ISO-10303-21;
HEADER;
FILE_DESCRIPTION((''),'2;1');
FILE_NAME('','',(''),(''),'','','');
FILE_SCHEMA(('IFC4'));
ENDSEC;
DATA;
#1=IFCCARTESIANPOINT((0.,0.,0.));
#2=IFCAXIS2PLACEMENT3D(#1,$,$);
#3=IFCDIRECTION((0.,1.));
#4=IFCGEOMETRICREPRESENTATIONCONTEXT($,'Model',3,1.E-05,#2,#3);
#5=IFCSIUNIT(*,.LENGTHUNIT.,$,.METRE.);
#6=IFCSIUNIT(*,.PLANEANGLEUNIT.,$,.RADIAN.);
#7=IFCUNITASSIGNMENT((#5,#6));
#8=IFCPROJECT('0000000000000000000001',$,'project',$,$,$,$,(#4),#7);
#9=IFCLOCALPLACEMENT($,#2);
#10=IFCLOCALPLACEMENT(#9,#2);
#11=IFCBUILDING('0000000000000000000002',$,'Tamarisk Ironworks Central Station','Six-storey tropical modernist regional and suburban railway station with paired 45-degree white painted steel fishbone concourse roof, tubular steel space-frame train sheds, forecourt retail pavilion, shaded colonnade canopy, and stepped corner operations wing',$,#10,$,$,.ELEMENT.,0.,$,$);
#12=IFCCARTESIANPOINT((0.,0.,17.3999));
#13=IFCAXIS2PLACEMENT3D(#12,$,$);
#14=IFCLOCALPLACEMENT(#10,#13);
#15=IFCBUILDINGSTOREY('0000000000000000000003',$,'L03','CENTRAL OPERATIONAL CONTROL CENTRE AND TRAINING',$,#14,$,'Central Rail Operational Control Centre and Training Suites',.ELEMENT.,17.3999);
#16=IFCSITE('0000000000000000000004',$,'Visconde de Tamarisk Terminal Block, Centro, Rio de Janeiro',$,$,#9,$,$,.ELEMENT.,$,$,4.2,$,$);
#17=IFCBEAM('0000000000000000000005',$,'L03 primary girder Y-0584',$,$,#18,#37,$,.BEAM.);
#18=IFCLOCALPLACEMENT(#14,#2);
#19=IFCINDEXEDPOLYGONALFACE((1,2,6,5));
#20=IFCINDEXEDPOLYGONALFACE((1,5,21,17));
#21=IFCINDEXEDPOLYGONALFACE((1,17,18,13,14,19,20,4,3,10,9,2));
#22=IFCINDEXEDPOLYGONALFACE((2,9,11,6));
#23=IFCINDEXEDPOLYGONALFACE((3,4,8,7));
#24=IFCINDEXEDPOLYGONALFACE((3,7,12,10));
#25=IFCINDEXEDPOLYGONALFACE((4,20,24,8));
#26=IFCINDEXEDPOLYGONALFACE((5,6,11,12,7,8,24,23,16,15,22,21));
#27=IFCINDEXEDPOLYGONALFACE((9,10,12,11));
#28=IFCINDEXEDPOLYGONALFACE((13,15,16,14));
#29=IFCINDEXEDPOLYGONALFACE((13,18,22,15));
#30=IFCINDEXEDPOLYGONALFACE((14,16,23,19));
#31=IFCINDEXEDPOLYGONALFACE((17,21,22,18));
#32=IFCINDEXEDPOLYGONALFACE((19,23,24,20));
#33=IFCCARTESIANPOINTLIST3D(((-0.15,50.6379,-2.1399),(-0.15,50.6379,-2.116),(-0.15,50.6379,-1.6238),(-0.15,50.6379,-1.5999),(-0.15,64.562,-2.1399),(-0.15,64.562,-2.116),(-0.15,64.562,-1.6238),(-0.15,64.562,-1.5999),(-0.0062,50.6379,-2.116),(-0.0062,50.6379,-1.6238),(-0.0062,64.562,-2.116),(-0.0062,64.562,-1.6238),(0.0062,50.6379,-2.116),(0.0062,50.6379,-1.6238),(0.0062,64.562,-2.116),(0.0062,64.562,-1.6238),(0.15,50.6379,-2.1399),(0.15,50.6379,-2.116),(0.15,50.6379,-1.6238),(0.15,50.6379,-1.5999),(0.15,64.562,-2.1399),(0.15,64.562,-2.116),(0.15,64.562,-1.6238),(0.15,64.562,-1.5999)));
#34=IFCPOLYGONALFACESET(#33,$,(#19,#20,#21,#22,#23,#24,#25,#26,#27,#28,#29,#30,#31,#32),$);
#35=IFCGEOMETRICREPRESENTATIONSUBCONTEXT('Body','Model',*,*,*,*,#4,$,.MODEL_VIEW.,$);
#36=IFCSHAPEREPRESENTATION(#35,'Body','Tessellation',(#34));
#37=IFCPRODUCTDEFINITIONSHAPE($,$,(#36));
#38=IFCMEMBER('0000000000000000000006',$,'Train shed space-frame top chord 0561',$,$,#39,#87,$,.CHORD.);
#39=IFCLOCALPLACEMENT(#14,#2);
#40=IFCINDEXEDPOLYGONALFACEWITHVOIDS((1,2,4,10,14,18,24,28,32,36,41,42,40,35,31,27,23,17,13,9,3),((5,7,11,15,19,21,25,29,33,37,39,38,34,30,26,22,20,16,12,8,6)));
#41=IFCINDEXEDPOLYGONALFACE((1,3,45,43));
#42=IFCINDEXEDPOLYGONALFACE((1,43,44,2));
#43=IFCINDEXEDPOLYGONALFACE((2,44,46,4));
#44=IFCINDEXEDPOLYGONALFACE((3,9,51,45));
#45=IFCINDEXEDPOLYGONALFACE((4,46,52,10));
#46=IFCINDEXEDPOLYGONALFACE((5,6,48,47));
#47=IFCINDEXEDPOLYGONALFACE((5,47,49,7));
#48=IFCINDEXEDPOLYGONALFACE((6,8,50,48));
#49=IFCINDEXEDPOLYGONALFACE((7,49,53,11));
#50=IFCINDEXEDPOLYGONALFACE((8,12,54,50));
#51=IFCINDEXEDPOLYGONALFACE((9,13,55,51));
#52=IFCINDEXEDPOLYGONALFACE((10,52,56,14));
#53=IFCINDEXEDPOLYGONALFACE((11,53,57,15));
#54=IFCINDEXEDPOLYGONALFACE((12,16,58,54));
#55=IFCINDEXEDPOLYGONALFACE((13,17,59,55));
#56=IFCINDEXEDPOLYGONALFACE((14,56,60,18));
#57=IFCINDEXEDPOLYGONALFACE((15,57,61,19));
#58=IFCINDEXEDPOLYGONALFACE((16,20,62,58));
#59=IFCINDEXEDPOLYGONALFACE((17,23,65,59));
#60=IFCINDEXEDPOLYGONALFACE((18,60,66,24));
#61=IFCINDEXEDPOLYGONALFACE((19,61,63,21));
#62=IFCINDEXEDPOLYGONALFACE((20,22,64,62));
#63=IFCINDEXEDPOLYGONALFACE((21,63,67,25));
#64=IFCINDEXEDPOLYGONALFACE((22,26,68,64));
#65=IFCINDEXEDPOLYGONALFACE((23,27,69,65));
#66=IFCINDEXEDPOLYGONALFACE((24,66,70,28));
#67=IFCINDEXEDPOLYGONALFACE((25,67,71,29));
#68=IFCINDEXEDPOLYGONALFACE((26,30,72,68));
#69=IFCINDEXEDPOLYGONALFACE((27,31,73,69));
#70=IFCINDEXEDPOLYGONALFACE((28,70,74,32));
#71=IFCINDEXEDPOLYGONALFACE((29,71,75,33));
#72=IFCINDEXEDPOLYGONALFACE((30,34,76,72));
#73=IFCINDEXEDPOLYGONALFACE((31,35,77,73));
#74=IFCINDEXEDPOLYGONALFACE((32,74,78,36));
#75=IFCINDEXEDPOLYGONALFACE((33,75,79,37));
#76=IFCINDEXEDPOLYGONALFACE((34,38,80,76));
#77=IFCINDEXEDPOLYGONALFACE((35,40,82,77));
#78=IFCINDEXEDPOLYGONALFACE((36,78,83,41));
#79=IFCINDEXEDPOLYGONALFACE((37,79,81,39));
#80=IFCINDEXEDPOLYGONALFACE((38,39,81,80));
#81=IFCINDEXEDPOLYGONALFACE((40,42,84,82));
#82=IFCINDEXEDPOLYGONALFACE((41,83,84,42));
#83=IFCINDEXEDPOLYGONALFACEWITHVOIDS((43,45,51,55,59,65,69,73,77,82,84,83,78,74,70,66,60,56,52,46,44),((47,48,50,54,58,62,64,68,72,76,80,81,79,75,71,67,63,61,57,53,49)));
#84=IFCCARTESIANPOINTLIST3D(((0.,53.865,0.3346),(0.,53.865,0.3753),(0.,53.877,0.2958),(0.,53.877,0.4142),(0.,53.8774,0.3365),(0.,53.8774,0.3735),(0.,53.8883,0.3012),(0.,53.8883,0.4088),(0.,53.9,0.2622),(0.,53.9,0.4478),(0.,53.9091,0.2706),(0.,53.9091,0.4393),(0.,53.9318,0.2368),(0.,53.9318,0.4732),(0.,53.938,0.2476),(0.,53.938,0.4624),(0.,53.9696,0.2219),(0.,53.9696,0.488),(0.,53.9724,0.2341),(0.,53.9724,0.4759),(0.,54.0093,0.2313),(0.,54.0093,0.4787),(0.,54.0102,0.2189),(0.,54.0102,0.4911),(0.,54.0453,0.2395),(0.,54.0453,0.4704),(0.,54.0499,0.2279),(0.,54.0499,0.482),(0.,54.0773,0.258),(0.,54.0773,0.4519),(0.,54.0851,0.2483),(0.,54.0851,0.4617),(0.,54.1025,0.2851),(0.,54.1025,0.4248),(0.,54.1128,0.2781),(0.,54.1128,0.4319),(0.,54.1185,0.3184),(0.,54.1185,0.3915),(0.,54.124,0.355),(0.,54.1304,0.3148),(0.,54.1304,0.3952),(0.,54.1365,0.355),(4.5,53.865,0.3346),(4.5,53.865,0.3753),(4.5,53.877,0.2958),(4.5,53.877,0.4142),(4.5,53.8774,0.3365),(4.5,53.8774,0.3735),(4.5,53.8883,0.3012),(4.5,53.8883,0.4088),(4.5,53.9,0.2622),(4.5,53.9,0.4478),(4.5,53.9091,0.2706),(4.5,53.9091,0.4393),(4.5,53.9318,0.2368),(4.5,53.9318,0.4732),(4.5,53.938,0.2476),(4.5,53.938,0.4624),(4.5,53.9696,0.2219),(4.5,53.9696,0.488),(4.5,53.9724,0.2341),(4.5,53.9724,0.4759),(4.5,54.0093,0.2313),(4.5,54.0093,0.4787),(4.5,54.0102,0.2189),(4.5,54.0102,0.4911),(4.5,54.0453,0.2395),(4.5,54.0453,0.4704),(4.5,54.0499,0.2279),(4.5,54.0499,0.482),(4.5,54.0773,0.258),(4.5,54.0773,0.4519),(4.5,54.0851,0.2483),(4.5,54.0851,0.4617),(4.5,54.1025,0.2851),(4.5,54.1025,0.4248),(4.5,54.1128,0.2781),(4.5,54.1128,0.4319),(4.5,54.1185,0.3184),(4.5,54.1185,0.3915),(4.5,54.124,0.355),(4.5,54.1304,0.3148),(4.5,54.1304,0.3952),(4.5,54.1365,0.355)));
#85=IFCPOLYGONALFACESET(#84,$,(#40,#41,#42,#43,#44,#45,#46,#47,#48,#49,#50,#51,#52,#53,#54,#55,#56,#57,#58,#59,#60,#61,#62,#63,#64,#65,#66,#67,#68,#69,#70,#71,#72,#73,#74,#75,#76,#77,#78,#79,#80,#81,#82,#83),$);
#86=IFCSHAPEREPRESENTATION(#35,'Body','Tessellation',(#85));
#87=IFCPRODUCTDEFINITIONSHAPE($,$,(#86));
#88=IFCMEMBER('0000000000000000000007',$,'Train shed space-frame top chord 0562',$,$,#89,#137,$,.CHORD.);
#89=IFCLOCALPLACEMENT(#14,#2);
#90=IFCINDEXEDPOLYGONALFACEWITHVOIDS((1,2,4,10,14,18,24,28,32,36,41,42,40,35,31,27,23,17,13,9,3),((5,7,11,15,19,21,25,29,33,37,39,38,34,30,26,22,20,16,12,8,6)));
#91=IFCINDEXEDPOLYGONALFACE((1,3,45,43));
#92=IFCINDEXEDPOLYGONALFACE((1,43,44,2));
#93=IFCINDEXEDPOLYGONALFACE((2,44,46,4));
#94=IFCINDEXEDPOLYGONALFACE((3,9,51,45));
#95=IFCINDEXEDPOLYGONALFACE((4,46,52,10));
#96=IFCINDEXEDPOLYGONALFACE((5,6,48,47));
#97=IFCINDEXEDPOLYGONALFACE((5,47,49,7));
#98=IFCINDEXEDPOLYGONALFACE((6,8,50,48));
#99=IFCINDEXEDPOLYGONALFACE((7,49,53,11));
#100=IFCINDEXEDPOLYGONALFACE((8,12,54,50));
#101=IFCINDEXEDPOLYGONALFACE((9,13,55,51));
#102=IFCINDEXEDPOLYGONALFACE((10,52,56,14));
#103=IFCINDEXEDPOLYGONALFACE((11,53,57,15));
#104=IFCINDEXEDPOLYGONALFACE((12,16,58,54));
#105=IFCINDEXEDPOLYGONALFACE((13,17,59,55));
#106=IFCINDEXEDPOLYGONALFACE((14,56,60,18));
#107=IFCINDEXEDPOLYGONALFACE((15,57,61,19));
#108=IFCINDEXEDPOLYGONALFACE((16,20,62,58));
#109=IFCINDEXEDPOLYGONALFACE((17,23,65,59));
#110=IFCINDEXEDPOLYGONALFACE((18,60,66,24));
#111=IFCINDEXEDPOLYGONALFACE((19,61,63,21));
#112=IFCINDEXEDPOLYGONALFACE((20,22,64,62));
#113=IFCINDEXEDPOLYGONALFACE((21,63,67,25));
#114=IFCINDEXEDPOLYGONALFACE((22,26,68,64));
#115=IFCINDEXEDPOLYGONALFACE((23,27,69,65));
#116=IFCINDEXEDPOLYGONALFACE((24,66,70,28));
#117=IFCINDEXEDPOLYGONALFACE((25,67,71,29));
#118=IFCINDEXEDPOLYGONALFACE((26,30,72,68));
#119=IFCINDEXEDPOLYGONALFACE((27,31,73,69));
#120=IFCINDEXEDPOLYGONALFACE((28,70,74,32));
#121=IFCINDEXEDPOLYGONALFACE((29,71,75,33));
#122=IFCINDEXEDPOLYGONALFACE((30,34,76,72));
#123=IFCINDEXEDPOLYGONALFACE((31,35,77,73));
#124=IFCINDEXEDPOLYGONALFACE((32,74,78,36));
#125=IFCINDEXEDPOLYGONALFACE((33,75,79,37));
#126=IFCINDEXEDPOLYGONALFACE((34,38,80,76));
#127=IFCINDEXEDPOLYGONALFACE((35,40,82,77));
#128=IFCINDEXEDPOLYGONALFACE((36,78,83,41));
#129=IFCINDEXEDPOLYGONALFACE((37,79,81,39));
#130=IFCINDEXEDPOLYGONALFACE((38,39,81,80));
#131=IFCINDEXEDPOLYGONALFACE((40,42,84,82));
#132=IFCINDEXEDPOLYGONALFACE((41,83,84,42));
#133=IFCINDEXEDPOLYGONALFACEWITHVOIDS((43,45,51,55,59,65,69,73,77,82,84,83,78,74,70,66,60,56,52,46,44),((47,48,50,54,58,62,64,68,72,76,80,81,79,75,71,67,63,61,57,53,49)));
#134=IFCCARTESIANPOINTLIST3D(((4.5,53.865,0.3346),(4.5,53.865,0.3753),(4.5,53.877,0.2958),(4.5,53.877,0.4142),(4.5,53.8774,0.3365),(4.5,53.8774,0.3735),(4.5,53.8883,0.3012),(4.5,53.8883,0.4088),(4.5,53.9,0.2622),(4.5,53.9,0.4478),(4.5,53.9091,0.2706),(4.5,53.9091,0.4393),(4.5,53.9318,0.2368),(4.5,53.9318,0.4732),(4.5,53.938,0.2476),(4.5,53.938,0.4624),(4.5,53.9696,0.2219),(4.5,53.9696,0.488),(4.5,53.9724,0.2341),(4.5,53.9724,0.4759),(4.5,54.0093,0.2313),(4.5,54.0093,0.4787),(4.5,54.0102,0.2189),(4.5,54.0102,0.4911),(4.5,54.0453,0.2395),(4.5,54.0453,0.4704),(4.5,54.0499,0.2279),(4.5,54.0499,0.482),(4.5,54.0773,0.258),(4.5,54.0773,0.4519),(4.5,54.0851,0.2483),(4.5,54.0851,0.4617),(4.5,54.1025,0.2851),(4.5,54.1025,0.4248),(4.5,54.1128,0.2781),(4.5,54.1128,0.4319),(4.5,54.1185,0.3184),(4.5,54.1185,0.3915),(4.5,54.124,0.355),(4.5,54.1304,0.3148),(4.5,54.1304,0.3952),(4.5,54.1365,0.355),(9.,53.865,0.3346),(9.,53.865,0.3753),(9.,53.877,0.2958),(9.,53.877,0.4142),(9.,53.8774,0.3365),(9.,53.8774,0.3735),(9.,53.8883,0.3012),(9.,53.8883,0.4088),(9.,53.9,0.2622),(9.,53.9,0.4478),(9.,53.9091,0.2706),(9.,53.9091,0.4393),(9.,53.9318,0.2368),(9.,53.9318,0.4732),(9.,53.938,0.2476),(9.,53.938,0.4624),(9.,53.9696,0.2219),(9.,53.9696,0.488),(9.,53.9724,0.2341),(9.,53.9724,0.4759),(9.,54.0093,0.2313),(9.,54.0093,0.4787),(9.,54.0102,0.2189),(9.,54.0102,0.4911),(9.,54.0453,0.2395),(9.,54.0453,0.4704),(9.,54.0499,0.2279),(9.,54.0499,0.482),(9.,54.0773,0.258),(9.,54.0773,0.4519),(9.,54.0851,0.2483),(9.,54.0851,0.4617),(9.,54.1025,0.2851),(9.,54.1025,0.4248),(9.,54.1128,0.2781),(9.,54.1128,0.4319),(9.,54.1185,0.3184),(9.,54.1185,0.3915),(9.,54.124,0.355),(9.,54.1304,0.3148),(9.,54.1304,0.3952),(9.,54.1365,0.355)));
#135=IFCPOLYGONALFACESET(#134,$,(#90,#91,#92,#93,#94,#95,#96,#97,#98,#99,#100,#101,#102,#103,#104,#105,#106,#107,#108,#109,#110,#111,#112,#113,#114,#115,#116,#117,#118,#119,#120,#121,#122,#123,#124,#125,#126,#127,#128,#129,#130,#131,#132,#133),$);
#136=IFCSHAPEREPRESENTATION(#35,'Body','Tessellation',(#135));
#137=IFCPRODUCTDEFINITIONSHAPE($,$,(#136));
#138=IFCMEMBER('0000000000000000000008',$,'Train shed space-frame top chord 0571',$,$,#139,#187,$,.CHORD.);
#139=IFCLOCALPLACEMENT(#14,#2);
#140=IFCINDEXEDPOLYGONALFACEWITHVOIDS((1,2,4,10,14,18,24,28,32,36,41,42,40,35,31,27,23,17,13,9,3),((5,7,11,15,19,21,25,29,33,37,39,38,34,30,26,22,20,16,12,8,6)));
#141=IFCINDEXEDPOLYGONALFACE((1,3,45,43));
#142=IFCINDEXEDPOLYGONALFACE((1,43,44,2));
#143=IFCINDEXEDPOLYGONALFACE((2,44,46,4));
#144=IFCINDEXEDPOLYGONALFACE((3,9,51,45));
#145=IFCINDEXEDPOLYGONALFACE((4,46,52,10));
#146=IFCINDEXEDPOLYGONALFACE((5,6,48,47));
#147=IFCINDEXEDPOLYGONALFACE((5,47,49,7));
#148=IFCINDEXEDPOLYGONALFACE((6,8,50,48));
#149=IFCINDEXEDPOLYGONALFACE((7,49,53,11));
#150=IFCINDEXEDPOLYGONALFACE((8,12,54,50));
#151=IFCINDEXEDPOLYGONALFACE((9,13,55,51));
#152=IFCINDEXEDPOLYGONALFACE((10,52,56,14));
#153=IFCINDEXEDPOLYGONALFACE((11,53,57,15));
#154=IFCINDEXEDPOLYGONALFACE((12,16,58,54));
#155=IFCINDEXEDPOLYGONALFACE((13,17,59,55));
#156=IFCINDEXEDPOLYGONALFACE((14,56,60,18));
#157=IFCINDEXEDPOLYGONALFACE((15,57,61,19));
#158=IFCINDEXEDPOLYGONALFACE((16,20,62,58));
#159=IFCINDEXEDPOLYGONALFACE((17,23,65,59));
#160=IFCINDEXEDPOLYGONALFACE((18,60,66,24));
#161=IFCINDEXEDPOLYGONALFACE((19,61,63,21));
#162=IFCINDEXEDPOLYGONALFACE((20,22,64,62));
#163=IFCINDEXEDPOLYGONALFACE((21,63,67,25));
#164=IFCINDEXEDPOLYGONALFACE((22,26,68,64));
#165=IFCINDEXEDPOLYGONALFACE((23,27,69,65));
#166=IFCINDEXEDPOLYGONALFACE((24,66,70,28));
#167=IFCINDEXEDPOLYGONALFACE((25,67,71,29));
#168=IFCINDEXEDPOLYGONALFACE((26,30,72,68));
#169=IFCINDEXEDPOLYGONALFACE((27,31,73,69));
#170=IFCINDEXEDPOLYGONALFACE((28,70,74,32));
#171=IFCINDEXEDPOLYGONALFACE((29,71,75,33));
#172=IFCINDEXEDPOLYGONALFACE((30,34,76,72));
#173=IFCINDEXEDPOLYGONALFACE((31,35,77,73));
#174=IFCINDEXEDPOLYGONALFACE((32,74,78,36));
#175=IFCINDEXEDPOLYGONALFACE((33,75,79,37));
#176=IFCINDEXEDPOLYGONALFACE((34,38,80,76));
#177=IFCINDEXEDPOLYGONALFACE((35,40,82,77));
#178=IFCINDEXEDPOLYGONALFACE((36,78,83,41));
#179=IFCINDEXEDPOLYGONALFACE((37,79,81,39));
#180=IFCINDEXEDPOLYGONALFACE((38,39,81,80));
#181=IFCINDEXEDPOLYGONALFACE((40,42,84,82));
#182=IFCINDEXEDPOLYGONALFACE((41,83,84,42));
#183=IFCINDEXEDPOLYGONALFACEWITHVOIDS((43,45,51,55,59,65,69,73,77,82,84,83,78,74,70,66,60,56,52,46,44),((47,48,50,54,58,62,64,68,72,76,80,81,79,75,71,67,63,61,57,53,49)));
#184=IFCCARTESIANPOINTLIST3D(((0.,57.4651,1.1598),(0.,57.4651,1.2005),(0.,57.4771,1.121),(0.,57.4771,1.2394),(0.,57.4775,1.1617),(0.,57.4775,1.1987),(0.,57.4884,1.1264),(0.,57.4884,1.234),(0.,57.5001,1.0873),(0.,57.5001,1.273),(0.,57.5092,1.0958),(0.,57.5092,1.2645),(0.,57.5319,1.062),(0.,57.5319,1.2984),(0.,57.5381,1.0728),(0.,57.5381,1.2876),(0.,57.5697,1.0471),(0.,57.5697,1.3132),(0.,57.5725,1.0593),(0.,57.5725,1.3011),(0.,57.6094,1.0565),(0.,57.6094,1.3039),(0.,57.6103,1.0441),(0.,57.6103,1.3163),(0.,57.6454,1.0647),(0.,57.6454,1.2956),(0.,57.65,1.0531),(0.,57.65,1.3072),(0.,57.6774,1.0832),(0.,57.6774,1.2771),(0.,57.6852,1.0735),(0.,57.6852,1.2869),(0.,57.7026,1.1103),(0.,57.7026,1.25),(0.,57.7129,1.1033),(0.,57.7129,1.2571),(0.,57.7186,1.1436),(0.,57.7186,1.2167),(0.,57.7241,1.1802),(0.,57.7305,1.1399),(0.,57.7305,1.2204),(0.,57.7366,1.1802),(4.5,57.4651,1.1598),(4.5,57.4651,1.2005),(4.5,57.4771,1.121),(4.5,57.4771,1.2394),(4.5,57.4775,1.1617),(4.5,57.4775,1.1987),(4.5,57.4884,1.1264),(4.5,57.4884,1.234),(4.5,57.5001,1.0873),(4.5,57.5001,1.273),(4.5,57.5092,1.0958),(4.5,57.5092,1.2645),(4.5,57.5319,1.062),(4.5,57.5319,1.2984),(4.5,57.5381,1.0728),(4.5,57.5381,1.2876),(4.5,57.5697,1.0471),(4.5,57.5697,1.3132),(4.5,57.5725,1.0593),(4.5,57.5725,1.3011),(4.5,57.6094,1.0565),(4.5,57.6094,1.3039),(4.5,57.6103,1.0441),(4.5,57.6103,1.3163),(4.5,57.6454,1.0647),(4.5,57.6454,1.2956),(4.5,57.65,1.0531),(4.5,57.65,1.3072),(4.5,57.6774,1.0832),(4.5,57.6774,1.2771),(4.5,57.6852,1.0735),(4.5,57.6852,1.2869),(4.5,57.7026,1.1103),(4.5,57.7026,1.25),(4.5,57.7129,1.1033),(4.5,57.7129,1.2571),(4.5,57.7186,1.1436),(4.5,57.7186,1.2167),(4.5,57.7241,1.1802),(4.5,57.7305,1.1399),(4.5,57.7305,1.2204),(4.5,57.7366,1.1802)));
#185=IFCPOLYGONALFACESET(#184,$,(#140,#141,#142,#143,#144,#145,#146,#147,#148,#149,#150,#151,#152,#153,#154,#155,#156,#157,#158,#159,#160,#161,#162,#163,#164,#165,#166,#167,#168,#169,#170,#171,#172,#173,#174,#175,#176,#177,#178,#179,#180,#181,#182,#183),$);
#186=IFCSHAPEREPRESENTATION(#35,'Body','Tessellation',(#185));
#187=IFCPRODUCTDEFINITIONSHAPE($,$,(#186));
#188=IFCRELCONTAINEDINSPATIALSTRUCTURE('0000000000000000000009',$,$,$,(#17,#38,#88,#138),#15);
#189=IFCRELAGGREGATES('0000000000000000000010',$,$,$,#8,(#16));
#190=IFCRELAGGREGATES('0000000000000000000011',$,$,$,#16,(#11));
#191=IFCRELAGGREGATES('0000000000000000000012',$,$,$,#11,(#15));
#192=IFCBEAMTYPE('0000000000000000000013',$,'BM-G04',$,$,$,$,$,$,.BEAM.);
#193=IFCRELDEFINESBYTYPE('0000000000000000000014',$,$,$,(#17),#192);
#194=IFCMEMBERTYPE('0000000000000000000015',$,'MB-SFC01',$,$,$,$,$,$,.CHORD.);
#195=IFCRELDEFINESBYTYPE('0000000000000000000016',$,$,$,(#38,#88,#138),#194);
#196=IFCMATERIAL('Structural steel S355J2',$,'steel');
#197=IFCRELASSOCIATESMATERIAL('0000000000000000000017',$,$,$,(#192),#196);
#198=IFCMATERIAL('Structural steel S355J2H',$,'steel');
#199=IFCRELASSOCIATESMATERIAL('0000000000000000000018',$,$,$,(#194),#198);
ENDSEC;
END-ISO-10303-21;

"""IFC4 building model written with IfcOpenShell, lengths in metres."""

from ifc_helpers import new_model, si_unit, direction, frame, origin, origin_2d, place, context, subcontext, project, spatial, hollow_circle, i_section, extrude, material, material_profile, profile_set, type_object, element, save


model = new_model("IFC4")

# Units and contexts
model_context = context("Model", 3, precision=1e-05, world=origin(), true_north=direction((0.0, 1.0)))
body_context = subcontext(model_context, "Body", "Model", "MODEL_VIEW")
ifc_project = project(units=[si_unit("LENGTHUNIT", "METRE"), si_unit("PLANEANGLEUNIT", "RADIAN")], contexts=[model_context])

# Site, building, storey
site_placement = place(None, origin())
site = spatial("IfcSite", under=ifc_project, at=site_placement, Name="Visconde de Tamarisk Terminal Block, Centro, Rio de Janeiro", CompositionType="ELEMENT", RefElevation=4.2)
building_placement = place(site_placement, origin())
building = spatial("IfcBuilding", under=site, at=building_placement, Name="Tamarisk Ironworks Central Station", Description="Six-storey tropical modernist regional and suburban railway station with paired 45-degree white painted steel fishbone concourse roof, tubular steel space-frame train sheds, forecourt retail pavilion, shaded colonnade canopy, and stepped corner operations wing", CompositionType="ELEMENT", ElevationOfRefHeight=0.0)
storey_placement = place(building_placement, frame((0.0, 0.0, 17.3999)))
storey = spatial("IfcBuildingStorey", under=building, at=storey_placement, Name="L03", Description="CENTRAL OPERATIONAL CONTROL CENTRE AND TRAINING", LongName="Central Rail Operational Control Centre and Training Suites", CompositionType="ELEMENT", Elevation=17.3999)

# Beam
ifc_material_1 = material(Name="Structural steel S355J2", Category="steel")
ifc_material_profile_1 = material_profile(ifc_material_1, i_section(OverallWidth=0.3, OverallDepth=0.54, WebThickness=0.0125, FlangeThickness=0.0239, at=origin_2d()), Name="HEA 550")
ifc_profile_set_1 = profile_set([ifc_material_profile_1], Name="Structural steel S355J2")
beam_type = type_object("IfcBeamType", Name="BM-G04", PredefinedType="BEAM", material=ifc_profile_set_1)
beam_placement = place(storey_placement, frame((0.0, 50.6379, -1.8699), z_axis=(0.0, 1.0, 0.0), x_axis=(-1.0, 0.0, 0.0)))
element("IfcBeam", 1, at=beam_placement, inside=storey, type_object=beam_type, Name="L03 primary girder Y-0584", PredefinedType="BEAM", context=body_context, shape_type="SweptSolid", body=[
    extrude(i_section(OverallWidth=0.3, OverallDepth=0.54, WebThickness=0.0125, FlangeThickness=0.0239, at=origin_2d()), origin(), (0.0, 0.0, 1.0), 13.9241),
])

# Members
ifc_material_2 = material(Name="Structural steel S355J2H", Category="steel")
ifc_material_profile_2 = material_profile(ifc_material_2, hollow_circle(Radius=0.1365, WallThickness=0.0125, at=origin_2d()), Name="CHS 273x12.5")
ifc_profile_set_2 = profile_set([ifc_material_profile_2], Name="Structural steel S355J2H")
member_type_1 = type_object("IfcMemberType", Name="MB-SFC01", PredefinedType="CHORD", material=ifc_profile_set_2)
for number, where, z_axis, x_axis, name in (
    (2, (0.0, 54.0, 0.355), (1.0, 0.0, 0.0), (0.0, 1.0, 0.0), "Train shed space-frame top chord 0561"),
    (3, (4.5, 54.0, 0.355), (1.0, 0.0, 0.0), (0.0, 1.0, 0.0), "Train shed space-frame top chord 0562"),
    (4, (0.0, 57.6001, 1.1802), (1.0, 0.0, 0.0), (0.0, 1.0, 0.0), "Train shed space-frame top chord 0571"),
):
    element("IfcMember", number, at=place(storey_placement, frame(where, z_axis=z_axis, x_axis=x_axis)), inside=storey, type_object=member_type_1, Name=name, PredefinedType="CHORD", context=body_context, shape_type="SweptSolid", body=[
        extrude(hollow_circle(Radius=0.1365, WallThickness=0.0125, at=origin_2d()), origin(), (0.0, 0.0, 1.0), 4.5),
    ])

save(model, "model.ifc")
